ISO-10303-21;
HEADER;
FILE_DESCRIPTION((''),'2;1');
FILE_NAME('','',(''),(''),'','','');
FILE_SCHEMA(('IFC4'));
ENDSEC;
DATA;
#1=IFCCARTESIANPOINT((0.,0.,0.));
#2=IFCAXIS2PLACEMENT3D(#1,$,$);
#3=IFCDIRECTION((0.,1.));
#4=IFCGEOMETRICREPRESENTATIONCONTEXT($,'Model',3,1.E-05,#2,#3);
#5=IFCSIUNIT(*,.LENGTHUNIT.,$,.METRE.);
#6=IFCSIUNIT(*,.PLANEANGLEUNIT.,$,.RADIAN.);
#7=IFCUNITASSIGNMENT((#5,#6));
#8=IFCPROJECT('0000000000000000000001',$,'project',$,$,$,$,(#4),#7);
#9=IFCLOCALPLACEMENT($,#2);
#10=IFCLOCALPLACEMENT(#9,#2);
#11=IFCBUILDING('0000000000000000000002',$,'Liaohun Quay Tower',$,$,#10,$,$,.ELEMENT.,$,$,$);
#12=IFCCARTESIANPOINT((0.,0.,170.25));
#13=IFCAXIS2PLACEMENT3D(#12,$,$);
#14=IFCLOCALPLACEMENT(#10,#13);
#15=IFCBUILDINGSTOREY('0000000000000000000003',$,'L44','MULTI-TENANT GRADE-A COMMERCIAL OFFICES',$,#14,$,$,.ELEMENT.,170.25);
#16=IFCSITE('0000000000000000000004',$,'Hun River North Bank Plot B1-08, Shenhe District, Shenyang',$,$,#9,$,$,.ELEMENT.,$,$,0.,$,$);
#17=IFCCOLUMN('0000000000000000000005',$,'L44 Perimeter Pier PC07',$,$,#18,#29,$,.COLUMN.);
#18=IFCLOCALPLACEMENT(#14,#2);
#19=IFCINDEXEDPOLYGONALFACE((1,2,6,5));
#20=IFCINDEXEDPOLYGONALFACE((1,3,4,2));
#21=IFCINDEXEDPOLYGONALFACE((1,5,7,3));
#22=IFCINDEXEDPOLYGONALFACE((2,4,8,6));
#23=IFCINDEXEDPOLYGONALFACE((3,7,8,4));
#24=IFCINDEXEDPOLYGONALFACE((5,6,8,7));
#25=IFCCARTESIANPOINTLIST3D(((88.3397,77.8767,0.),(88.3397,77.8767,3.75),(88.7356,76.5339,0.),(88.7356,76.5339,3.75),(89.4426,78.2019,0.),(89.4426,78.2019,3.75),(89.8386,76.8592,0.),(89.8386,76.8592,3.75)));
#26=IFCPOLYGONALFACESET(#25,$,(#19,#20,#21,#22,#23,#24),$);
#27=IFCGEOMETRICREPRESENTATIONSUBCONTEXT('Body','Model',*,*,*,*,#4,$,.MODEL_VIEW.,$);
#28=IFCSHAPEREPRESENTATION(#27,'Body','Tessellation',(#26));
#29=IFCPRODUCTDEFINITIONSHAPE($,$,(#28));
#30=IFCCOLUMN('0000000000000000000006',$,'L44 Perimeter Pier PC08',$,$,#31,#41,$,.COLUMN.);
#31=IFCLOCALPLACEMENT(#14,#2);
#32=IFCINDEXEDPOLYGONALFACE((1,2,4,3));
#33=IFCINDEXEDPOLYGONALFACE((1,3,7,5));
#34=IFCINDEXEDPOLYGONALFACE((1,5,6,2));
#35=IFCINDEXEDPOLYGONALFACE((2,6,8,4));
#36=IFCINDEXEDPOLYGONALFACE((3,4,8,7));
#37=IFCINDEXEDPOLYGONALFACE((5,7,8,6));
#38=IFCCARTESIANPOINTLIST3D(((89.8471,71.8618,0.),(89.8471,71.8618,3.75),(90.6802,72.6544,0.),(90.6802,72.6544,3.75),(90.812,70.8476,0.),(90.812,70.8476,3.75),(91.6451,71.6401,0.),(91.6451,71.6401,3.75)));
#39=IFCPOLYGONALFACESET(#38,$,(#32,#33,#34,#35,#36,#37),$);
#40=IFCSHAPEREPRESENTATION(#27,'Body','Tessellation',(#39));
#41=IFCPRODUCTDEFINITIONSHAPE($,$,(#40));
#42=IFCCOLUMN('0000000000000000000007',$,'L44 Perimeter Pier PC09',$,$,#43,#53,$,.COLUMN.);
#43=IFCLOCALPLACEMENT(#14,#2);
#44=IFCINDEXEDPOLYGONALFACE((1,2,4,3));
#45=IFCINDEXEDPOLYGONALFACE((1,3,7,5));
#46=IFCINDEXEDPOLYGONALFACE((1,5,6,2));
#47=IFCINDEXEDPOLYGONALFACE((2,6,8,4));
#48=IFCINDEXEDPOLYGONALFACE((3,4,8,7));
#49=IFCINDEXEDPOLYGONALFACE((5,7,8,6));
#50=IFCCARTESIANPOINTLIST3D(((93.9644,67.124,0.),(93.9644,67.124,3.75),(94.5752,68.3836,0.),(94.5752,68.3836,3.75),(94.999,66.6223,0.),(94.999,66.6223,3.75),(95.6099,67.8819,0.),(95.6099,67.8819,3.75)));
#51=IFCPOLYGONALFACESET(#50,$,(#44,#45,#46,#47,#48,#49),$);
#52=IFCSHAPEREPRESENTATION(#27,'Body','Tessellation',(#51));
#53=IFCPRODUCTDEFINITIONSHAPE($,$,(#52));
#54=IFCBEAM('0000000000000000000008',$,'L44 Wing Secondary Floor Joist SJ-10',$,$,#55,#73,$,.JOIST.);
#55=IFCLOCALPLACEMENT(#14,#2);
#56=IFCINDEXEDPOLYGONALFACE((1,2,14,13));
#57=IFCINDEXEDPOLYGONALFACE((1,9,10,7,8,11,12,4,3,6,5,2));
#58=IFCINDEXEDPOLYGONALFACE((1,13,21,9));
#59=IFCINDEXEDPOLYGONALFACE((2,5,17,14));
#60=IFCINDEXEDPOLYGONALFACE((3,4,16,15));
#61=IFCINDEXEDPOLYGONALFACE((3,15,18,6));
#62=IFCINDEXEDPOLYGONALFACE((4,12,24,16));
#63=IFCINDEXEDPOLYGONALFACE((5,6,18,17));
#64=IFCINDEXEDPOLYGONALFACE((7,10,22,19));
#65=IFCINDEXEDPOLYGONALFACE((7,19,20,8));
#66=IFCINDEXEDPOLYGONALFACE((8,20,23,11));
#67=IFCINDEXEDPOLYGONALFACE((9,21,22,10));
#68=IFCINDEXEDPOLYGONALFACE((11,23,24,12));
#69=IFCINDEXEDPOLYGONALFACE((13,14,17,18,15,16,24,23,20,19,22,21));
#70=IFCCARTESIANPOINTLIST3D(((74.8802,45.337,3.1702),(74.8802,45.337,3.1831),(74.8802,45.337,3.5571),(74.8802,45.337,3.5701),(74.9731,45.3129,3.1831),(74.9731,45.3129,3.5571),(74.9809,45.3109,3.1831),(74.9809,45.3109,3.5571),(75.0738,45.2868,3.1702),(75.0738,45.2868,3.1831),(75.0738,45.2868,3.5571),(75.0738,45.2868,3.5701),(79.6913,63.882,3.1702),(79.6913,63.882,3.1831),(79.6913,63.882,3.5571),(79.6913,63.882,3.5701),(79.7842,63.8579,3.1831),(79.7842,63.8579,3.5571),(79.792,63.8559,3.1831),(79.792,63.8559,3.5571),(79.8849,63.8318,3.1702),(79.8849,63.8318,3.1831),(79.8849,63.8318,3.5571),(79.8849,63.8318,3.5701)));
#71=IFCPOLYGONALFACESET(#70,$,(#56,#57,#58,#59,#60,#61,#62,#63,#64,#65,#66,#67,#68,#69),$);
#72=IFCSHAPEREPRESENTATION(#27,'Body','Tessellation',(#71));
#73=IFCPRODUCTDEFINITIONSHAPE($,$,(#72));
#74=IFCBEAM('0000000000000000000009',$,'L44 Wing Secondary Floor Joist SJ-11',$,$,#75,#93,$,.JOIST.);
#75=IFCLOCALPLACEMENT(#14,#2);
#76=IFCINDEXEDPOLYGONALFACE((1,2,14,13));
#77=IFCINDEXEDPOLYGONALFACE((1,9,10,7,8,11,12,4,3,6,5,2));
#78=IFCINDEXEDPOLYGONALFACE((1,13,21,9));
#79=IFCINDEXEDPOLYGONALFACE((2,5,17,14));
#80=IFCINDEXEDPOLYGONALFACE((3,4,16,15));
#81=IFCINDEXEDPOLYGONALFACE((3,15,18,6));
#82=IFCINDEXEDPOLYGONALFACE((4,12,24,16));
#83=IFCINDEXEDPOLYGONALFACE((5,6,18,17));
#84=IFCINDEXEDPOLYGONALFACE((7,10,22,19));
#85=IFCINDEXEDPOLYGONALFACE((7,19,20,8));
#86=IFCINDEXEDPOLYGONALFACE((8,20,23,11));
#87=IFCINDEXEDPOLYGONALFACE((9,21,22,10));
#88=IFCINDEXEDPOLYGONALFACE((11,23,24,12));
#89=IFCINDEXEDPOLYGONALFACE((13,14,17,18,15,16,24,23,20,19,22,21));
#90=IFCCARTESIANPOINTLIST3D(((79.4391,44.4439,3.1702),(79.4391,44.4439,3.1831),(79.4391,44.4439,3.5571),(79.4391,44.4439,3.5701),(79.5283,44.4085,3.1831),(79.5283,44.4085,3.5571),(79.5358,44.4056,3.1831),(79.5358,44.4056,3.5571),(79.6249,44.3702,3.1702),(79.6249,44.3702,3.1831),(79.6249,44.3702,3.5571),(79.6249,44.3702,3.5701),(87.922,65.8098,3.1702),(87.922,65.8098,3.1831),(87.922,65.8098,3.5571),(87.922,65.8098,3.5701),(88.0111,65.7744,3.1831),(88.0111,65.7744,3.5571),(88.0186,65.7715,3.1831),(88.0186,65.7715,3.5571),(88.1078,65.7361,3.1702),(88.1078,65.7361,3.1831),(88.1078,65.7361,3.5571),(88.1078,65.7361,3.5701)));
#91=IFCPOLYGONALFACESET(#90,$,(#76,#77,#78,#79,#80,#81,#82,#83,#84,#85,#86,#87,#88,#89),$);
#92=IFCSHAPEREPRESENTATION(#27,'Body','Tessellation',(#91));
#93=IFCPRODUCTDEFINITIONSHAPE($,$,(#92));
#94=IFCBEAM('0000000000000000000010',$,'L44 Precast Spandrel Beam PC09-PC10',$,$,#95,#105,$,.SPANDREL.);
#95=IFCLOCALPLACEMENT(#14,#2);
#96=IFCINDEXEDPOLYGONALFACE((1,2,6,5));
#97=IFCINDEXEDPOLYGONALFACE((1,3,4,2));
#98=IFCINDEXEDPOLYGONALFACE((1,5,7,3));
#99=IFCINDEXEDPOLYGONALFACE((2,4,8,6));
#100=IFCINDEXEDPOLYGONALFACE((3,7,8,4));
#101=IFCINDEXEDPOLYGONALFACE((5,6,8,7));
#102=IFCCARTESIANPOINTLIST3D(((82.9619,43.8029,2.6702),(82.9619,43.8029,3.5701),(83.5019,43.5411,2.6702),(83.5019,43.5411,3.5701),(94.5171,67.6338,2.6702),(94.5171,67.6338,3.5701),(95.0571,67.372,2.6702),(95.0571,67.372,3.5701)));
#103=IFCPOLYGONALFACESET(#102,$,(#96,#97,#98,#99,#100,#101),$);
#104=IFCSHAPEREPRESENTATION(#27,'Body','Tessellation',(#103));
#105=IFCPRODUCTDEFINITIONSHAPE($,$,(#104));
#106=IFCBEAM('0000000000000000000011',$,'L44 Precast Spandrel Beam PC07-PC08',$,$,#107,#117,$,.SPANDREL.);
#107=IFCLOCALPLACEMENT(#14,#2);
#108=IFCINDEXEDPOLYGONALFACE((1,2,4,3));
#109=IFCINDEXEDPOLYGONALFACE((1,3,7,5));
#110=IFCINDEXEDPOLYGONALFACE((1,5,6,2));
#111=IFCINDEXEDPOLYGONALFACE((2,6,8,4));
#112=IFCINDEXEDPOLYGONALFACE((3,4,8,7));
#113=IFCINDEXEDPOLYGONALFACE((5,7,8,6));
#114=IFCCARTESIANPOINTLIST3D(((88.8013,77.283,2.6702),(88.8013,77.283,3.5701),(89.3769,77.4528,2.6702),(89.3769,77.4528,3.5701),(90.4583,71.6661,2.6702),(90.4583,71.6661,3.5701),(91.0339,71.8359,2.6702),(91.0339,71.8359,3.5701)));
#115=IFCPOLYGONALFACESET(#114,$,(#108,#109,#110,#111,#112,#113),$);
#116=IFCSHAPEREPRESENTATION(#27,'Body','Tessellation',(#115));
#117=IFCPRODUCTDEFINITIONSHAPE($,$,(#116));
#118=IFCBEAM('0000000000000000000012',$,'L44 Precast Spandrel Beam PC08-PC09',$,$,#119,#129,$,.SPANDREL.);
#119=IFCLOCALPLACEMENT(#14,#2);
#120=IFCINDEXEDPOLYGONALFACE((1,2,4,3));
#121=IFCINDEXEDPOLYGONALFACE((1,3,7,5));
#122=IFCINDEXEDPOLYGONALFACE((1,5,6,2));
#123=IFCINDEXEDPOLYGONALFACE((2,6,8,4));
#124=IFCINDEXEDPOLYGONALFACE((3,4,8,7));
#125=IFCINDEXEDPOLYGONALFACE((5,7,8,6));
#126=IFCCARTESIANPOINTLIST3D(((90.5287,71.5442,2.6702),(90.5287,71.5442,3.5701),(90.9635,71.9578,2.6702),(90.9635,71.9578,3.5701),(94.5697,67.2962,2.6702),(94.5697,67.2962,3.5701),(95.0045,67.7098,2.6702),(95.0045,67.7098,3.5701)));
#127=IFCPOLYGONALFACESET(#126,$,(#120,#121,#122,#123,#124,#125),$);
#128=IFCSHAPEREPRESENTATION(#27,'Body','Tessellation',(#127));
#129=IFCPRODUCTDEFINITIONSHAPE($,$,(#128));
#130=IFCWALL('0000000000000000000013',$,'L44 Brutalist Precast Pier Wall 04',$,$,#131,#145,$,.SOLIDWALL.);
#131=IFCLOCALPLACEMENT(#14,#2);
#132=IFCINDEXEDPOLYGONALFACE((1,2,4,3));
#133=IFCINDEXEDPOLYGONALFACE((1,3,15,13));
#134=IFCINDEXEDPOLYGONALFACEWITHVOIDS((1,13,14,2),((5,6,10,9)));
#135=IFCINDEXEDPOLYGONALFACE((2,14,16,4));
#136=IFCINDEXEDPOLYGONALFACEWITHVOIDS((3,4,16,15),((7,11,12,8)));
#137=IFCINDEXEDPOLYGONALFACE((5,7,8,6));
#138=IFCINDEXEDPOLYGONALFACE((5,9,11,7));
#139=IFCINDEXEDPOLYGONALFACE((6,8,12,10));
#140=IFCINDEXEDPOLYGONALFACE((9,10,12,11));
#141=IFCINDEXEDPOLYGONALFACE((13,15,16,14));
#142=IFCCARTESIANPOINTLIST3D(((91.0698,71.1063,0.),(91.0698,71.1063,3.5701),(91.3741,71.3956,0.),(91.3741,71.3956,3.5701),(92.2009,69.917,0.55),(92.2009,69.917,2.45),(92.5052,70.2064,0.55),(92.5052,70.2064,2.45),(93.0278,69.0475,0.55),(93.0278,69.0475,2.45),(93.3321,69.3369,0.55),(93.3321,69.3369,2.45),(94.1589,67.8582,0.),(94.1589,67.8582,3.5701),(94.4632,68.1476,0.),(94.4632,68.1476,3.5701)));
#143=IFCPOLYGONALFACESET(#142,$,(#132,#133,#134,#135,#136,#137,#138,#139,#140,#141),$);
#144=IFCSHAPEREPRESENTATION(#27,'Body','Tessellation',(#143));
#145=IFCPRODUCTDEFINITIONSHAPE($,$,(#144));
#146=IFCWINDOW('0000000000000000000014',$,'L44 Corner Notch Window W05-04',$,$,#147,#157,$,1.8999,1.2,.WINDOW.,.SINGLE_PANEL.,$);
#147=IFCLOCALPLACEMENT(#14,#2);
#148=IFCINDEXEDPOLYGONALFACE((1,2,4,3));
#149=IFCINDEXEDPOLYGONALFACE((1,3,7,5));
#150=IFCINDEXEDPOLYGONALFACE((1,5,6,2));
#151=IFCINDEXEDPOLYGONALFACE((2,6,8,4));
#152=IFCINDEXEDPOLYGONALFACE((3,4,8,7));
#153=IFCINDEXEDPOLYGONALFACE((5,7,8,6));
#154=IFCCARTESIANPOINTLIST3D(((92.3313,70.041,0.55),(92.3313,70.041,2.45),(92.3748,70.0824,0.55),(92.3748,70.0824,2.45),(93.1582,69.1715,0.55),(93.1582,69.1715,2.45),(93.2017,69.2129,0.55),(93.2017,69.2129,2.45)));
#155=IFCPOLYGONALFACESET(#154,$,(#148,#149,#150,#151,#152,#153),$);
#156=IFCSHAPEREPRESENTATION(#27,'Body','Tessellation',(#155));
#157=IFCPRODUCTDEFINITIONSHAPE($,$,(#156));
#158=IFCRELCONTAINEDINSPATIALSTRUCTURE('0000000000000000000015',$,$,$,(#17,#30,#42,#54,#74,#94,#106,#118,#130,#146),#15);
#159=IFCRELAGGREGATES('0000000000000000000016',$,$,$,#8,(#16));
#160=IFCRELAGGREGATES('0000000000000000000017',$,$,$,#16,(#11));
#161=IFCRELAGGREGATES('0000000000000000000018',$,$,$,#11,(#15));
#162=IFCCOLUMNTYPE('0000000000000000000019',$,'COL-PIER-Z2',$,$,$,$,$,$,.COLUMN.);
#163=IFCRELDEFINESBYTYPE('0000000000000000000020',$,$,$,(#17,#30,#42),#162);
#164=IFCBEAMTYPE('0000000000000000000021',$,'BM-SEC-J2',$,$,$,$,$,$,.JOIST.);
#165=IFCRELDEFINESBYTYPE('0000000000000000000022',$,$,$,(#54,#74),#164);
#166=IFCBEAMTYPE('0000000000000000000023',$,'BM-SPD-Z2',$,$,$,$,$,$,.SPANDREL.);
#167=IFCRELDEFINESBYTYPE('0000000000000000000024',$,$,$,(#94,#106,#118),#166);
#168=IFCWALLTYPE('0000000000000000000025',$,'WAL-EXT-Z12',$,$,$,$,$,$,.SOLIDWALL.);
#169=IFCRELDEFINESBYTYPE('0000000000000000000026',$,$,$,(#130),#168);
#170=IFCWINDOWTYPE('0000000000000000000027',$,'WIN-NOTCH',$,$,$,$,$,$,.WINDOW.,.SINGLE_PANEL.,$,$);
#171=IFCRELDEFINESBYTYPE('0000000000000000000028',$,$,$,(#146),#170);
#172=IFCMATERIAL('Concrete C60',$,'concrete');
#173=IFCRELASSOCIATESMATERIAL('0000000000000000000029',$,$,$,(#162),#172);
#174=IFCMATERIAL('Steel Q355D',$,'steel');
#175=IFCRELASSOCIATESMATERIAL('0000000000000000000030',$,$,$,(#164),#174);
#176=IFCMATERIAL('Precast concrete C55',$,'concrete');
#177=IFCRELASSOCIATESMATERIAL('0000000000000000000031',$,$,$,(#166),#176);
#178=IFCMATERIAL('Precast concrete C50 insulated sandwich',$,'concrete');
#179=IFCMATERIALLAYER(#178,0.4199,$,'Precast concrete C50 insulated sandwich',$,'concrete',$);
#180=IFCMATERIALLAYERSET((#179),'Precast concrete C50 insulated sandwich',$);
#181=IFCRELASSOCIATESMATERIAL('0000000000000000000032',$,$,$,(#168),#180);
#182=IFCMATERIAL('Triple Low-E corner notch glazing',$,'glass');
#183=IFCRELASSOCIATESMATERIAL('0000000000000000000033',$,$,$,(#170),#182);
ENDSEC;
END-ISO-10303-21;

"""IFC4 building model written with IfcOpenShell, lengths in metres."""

from ifc_helpers import new_model, si_unit, direction, frame, frame_2d, origin, origin_2d, place, context, subcontext, project, spatial, rectangle, i_section, extrude, source, transform, mapped, material, layer, layer_set, material_profile, profile_set, type_object, element, fill, save


model = new_model("IFC4")

# Units and contexts
model_context = context("Model", 3, precision=1e-05, world=origin(), true_north=direction((0.0, 1.0)))
body_context = subcontext(model_context, "Body", "Model", "MODEL_VIEW")
ifc_project = project(units=[si_unit("LENGTHUNIT", "METRE"), si_unit("PLANEANGLEUNIT", "RADIAN")], contexts=[model_context])

# Site, building, storey
site_placement = place(None, origin())
site = spatial("IfcSite", under=ifc_project, at=site_placement, Name="Hun River North Bank Plot B1-08, Shenhe District, Shenyang", CompositionType="ELEMENT", RefElevation=0.0)
building_placement = place(site_placement, origin())
building = spatial("IfcBuilding", under=site, at=building_placement, Name="Liaohun Quay Tower", CompositionType="ELEMENT")
storey_placement = place(building_placement, frame((0.0, 0.0, 170.25)))
storey = spatial("IfcBuildingStorey", under=building, at=storey_placement, Name="L44", Description="MULTI-TENANT GRADE-A COMMERCIAL OFFICES", CompositionType="ELEMENT", Elevation=170.25)

# Columns
ifc_material_1 = material(Name="Concrete C60", Category="concrete")
ifc_material_profile_1 = material_profile(ifc_material_1, rectangle(XDim=1.3999, YDim=1.1499, at=origin_2d()), Name="RC1400x1150")
ifc_profile_set_1 = profile_set([ifc_material_profile_1], Name="Concrete C60")
column_type = type_object("IfcColumnType", Name="COL-PIER-Z2", PredefinedType="COLUMN", material=ifc_profile_set_1)
shared_shape_1 = source(origin(), body_context, "Body", "SweptSolid", [
    extrude(rectangle(XDim=1.3999, YDim=1.1499, at=origin_2d()), origin(), (0.0, 0.0, 1.0), 3.75),
])
for number, where, z_axis, x_axis, name in (
    (1, (89.0891, 77.3679, 0.0), (0.0, 0.0, 1.0), (-0.282844, 0.959166, 0.0), "L44 Perimeter Pier PC07"),
    (2, (90.7461, 71.751, 0.0), (0.0, 0.0, 1.0), (-0.68924, 0.724533, 0.0), "L44 Perimeter Pier PC08"),
    (3, (94.7871, 67.5029, 0.0), (0.0, 0.0, 1.0), (0.436331, 0.899786, 0.0), "L44 Perimeter Pier PC09"),
):
    element("IfcColumn", number, at=place(storey_placement, frame(where, z_axis=z_axis, x_axis=x_axis)), inside=storey, type_object=column_type, Name=name, PredefinedType="COLUMN", context=body_context, shape_type="MappedRepresentation", body=[
        mapped(shared_shape_1, transform((0.0, 0.0, 0.0), x_axis=(1.0, 0.0, 0.0), y_axis=(0.0, 1.0, 0.0), z_axis=(0.0, 0.0, 1.0), scale=1.0)),
    ])

# Beams
ifc_material_2 = material(Name="Steel Q355D", Category="steel")
ifc_material_profile_2 = material_profile(ifc_material_2, i_section(OverallWidth=0.2, OverallDepth=0.3999, WebThickness=0.0081, FlangeThickness=0.0129, at=origin_2d()), Name="HN400x200x8x13")
ifc_profile_set_2 = profile_set([ifc_material_profile_2], Name="Steel Q355D")
beam_type_1 = type_object("IfcBeamType", Name="BM-SEC-J2", PredefinedType="JOIST", material=ifc_profile_set_2)
shared_shape_2 = source(origin(), body_context, "Body", "SweptSolid", [
    extrude(i_section(OverallWidth=0.2, OverallDepth=0.3999, WebThickness=0.0081, FlangeThickness=0.0129, at=origin_2d()), origin(), (0.0, 0.0, 1.0), 19.1589),
])
beam_1_placement = place(storey_placement, frame((79.7881, 63.8569, 3.3701), z_axis=(-0.251113, -0.967958, 0.0), x_axis=(0.967958, -0.251113, 0.0)))
element("IfcBeam", 4, at=beam_1_placement, inside=storey, type_object=beam_type_1, Name="L44 Wing Secondary Floor Joist SJ-10", PredefinedType="JOIST", context=body_context, shape_type="MappedRepresentation", body=[
    mapped(shared_shape_2, transform((0.0, 0.0, 0.0), x_axis=(1.0, 0.0, 0.0), y_axis=(0.0, 1.0, 0.0), z_axis=(0.0, 0.0, 1.0), scale=1.0)),
])
shared_shape_3 = source(origin(), body_context, "Body", "SweptSolid", [
    extrude(i_section(OverallWidth=0.2, OverallDepth=0.3999, WebThickness=0.0081, FlangeThickness=0.0129, at=origin_2d()), origin(), (0.0, 0.0, 1.0), 22.9883),
])
beam_2_placement = place(storey_placement, frame((88.0149, 65.7729, 3.3701), z_axis=(-0.369009, -0.929426, 0.0), x_axis=(0.929426, -0.369009, 0.0)))
element("IfcBeam", 5, at=beam_2_placement, inside=storey, type_object=beam_type_1, Name="L44 Wing Secondary Floor Joist SJ-11", PredefinedType="JOIST", context=body_context, shape_type="MappedRepresentation", body=[
    mapped(shared_shape_3, transform((0.0, 0.0, 0.0), x_axis=(1.0, 0.0, 0.0), y_axis=(0.0, 1.0, 0.0), z_axis=(0.0, 0.0, 1.0), scale=1.0)),
])
ifc_material_3 = material(Name="Precast concrete C55", Category="concrete")
ifc_material_profile_3 = material_profile(ifc_material_3, rectangle(XDim=0.6001, YDim=0.8999, at=origin_2d()), Name="RC600x900")
ifc_profile_set_3 = profile_set([ifc_material_profile_3], Name="Precast concrete C55")
beam_type_2 = type_object("IfcBeamType", Name="BM-SPD-Z2", PredefinedType="SPANDREL", material=ifc_profile_set_3)
shared_shape_4 = source(origin(), body_context, "Body", "SweptSolid", [
    extrude(rectangle(XDim=0.6001, YDim=0.8999, at=origin_2d()), origin(), (0.0, 0.0, 1.0), 26.4846),
])
beam_3_placement = place(storey_placement, frame((94.7871, 67.5029, 3.1201), z_axis=(-0.436299, -0.899802, 0.0), x_axis=(0.899802, -0.436299, 0.0)))
element("IfcBeam", 6, at=beam_3_placement, inside=storey, type_object=beam_type_2, Name="L44 Precast Spandrel Beam PC09-PC10", PredefinedType="SPANDREL", context=body_context, shape_type="MappedRepresentation", body=[
    mapped(shared_shape_4, transform((0.0, 0.0, 0.0), x_axis=(1.0, 0.0, 0.0), y_axis=(0.0, 1.0, 0.0), z_axis=(0.0, 0.0, 1.0), scale=1.0)),
])
shared_shape_5 = source(origin(), body_context, "Body", "SweptSolid", [
    extrude(rectangle(XDim=0.6001, YDim=0.8999, at=origin_2d()), origin(), (0.0, 0.0, 1.0), 5.8562),
])
beam_4_placement = place(storey_placement, frame((89.0891, 77.3679, 3.1201), z_axis=(0.282943, -0.959137, 0.0), x_axis=(0.959137, 0.282943, 0.0)))
element("IfcBeam", 7, at=beam_4_placement, inside=storey, type_object=beam_type_2, Name="L44 Precast Spandrel Beam PC07-PC08", PredefinedType="SPANDREL", context=body_context, shape_type="MappedRepresentation", body=[
    mapped(shared_shape_5, transform((0.0, 0.0, 0.0), x_axis=(1.0, 0.0, 0.0), y_axis=(0.0, 1.0, 0.0), z_axis=(0.0, 0.0, 1.0), scale=1.0)),
])
shared_shape_6 = source(origin(), body_context, "Body", "SweptSolid", [
    extrude(rectangle(XDim=0.6001, YDim=0.8999, at=origin_2d()), origin(), (0.0, 0.0, 1.0), 5.863),
])
beam_5_placement = place(storey_placement, frame((90.7461, 71.751, 3.1201), z_axis=(0.689231, -0.724542, 0.0), x_axis=(0.724542, 0.689231, 0.0)))
element("IfcBeam", 8, at=beam_5_placement, inside=storey, type_object=beam_type_2, Name="L44 Precast Spandrel Beam PC08-PC09", PredefinedType="SPANDREL", context=body_context, shape_type="MappedRepresentation", body=[
    mapped(shared_shape_6, transform((0.0, 0.0, 0.0), x_axis=(1.0, 0.0, 0.0), y_axis=(0.0, 1.0, 0.0), z_axis=(0.0, 0.0, 1.0), scale=1.0)),
])

# Wall, opening, window
ifc_material_4 = material(Name="Precast concrete C50 insulated sandwich", Category="concrete")
ifc_layer_1 = layer(ifc_material_4, 0.4199, Name="Precast concrete C50 insulated sandwich", Category="concrete")
ifc_layer_set_1 = layer_set([ifc_layer_1], Name="Precast concrete C50 insulated sandwich")
wall_type_1 = type_object("IfcWallType", Name="WAL-EXT-Z12", PredefinedType="SOLIDWALL", material=ifc_layer_set_1)
wall_1_placement = place(storey_placement, frame((94.311, 68.0029, 0.0), z_axis=(0.0, 0.0, 1.0), x_axis=(-0.689156, 0.724613, 0.0)))
wall_1 = element("IfcWall", 9, at=wall_1_placement, inside=storey, type_object=wall_type_1, Name="L44 Brutalist Precast Pier Wall 04", PredefinedType="SOLIDWALL", context=body_context, shape_type="SweptSolid", body=[
    extrude(rectangle(XDim=4.4824, YDim=0.4199, at=frame_2d((2.2412, 0.0))), origin(), (0.0, 0.0, 1.0), 3.5701),
])
shared_shape_7 = source(origin(), body_context, "Body", "SweptSolid", [
    extrude(rectangle(XDim=1.2, YDim=1.8999, at=frame_2d((0.6001, 0.95))), frame((0.0, 0.22, 0.0), z_axis=(0.0, -1.0, 0.0), x_axis=(1.0, 0.0, 0.0)), (0.0, 0.0, 1.0), 0.4399),
])
opening_1_placement = place(wall_1_placement, frame((1.6411, 0.0, 0.55)))
opening_1 = element("IfcOpeningElement", 10, at=opening_1_placement, cuts=wall_1, PredefinedType="OPENING", context=body_context, shape_type="MappedRepresentation", body=[
    mapped(shared_shape_7, transform((0.0, 0.0, 0.0), x_axis=(1.0, 0.0, 0.0), y_axis=(0.0, 1.0, 0.0), z_axis=(0.0, 0.0, 1.0), scale=1.0)),
])
ifc_material_5 = material(Name="Triple Low-E corner notch glazing", Category="glass")
window_type_1 = type_object("IfcWindowType", Name="WIN-NOTCH", PartitioningType="SINGLE_PANEL", PredefinedType="WINDOW", material=ifc_material_5)
shared_shape_8 = source(origin(), body_context, "Body", "SweptSolid", [
    extrude(rectangle(XDim=1.2, YDim=1.8999, at=frame_2d((0.6001, 0.95))), frame((0.0, 0.03, 0.0), z_axis=(0.0, -1.0, 0.0), x_axis=(1.0, 0.0, 0.0)), (0.0, 0.0, 1.0), 0.0601),
])
window_1_placement = place(opening_1_placement, origin())
window_1 = element("IfcWindow", 11, at=window_1_placement, inside=storey, type_object=window_type_1, Name="L44 Corner Notch Window W05-04", OverallHeight=1.8999, OverallWidth=1.2, PartitioningType="SINGLE_PANEL", PredefinedType="WINDOW", context=body_context, shape_type="MappedRepresentation", body=[
    mapped(shared_shape_8, transform((0.0, 0.0, 0.0), x_axis=(1.0, 0.0, 0.0), y_axis=(0.0, 1.0, 0.0), z_axis=(0.0, 0.0, 1.0), scale=1.0)),
])
fill(opening_1, window_1)

save(model, "model.ifc")
